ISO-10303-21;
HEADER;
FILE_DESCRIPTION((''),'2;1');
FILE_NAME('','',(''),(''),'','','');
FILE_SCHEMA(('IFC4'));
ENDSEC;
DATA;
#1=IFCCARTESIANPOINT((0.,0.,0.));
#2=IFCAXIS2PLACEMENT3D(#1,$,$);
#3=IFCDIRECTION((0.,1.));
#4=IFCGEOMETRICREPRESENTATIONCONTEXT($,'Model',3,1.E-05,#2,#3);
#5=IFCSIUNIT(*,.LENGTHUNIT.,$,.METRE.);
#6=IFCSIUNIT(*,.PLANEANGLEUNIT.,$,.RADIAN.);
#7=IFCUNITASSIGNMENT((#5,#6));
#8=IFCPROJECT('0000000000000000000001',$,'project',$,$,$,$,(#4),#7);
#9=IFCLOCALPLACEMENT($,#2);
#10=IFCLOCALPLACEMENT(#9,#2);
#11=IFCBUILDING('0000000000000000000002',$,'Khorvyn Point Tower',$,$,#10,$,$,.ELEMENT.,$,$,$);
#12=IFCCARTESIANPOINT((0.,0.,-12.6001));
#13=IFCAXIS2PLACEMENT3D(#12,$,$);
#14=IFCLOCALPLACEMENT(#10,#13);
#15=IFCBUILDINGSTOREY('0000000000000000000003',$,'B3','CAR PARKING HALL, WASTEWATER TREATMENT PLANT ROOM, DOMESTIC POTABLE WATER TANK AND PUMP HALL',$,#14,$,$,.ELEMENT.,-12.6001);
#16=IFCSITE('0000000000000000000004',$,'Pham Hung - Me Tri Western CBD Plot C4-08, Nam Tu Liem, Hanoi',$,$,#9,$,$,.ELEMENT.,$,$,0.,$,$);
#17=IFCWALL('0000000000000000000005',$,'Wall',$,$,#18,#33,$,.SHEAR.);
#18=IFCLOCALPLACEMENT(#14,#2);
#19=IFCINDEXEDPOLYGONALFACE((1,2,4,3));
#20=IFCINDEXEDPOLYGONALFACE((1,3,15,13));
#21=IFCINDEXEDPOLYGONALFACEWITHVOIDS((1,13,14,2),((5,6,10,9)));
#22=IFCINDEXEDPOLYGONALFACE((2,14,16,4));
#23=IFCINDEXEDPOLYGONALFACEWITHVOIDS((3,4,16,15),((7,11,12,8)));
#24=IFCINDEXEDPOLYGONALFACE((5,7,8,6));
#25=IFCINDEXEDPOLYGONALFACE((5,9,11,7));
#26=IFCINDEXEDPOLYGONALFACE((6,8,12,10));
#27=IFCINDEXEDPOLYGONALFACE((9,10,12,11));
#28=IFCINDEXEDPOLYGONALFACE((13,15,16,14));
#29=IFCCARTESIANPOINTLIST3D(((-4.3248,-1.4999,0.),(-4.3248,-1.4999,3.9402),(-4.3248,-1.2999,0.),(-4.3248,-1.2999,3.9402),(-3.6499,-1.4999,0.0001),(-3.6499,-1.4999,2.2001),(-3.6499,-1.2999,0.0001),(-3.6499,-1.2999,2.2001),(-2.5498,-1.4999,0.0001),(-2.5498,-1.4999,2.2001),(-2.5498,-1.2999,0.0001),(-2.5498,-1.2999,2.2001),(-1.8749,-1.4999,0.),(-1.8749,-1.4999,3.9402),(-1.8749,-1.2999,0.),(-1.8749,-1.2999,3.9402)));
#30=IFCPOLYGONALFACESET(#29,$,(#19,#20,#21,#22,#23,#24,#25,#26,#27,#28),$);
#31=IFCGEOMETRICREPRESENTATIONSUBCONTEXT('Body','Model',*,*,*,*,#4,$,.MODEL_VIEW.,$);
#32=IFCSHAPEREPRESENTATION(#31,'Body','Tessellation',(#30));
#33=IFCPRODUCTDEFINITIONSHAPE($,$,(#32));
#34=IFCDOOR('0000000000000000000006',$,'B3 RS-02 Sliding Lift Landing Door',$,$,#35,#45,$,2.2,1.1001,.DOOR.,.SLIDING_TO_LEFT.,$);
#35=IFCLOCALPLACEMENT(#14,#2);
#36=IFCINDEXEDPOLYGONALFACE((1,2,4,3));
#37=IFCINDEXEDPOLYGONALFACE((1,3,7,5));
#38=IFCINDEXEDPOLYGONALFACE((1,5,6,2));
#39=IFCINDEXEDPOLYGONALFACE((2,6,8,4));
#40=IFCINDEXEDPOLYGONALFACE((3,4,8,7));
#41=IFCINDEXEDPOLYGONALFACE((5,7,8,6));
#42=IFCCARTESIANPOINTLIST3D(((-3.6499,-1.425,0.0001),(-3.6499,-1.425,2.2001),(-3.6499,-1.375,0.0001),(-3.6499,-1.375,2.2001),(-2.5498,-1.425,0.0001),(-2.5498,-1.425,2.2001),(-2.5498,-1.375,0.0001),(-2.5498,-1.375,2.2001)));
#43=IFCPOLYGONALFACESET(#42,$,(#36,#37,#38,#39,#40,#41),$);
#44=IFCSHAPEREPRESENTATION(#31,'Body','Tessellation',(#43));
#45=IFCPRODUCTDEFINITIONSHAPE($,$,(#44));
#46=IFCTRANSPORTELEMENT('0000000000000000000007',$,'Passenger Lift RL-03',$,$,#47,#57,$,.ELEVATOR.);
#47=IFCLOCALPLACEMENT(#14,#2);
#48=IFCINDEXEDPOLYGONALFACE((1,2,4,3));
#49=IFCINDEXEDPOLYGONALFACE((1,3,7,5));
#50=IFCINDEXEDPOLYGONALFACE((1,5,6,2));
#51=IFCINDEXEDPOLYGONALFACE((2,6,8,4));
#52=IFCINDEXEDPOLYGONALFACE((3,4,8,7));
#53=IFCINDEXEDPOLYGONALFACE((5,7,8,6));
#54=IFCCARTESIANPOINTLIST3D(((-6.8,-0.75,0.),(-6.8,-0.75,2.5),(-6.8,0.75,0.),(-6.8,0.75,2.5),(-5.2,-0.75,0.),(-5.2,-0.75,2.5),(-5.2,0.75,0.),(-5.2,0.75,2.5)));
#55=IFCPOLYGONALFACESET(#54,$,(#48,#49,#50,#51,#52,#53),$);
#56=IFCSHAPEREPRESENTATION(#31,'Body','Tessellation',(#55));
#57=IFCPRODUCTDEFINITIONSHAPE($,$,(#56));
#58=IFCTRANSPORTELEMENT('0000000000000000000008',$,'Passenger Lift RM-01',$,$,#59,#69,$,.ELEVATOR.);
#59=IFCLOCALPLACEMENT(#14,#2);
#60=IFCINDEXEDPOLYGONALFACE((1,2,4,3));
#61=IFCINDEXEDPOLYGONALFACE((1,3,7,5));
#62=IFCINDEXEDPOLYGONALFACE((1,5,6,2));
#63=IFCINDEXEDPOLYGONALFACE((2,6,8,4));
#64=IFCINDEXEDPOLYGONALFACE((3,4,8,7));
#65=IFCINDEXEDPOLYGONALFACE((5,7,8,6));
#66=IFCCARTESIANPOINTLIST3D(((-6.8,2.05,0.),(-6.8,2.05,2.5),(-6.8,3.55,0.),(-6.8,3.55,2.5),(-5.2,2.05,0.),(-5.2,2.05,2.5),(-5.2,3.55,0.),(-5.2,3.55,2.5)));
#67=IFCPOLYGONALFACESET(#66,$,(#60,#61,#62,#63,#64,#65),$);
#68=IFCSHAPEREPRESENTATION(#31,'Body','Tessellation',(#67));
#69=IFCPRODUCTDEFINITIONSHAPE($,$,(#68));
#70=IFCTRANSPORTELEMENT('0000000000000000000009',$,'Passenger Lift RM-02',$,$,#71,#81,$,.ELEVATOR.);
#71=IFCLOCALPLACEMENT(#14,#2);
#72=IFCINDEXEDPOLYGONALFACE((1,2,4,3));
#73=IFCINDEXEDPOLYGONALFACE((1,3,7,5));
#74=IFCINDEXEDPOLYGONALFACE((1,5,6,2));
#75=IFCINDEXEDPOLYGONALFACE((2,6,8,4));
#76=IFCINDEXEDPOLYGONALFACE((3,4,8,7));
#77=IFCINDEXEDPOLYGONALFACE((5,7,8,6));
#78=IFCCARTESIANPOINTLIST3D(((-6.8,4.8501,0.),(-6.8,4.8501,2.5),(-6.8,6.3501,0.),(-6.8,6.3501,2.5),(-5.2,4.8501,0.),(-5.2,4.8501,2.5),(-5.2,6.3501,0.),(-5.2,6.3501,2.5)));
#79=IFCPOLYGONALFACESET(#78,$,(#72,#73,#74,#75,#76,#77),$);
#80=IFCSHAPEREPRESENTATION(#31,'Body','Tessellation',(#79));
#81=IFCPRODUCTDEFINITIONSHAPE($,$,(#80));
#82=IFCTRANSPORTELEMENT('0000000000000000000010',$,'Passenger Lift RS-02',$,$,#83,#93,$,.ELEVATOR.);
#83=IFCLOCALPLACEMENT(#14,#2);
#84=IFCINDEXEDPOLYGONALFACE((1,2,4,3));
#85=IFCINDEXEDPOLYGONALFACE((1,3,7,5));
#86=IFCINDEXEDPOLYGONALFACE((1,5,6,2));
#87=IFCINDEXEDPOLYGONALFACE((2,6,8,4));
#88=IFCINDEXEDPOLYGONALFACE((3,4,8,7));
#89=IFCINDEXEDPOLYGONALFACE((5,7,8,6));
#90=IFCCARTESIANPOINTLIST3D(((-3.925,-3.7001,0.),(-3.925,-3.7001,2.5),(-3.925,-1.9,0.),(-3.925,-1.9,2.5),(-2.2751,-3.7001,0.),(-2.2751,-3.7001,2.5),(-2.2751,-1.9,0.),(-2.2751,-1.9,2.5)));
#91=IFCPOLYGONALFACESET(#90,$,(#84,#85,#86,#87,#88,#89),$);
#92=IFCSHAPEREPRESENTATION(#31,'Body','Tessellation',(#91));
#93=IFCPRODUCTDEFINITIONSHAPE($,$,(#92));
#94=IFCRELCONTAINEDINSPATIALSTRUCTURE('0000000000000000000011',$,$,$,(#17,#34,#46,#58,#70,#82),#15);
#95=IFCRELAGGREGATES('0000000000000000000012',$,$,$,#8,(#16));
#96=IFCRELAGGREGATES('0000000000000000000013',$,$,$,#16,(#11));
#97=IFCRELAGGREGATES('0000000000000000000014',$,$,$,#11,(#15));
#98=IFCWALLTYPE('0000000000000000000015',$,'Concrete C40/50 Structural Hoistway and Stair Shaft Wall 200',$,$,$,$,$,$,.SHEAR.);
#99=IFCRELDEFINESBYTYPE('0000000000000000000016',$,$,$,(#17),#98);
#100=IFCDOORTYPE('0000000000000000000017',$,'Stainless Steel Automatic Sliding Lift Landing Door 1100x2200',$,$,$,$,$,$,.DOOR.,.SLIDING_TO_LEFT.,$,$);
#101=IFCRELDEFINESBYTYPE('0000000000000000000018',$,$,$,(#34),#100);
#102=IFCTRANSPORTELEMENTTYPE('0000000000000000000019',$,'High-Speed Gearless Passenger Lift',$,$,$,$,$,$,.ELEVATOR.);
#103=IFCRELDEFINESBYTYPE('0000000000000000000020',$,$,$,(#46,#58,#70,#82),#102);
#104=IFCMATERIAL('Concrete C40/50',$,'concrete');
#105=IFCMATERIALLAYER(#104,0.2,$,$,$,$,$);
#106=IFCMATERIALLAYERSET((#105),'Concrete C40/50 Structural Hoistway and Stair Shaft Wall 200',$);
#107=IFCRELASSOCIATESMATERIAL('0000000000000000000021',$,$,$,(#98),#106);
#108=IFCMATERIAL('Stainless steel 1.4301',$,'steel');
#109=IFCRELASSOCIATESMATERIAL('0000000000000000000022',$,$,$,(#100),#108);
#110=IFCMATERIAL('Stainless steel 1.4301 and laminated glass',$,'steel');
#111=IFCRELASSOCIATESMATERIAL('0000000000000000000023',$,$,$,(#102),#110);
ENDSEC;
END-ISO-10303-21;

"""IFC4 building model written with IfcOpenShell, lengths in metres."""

from ifc_helpers import new_model, si_unit, direction, frame, frame_2d, origin, origin_2d, place, context, subcontext, project, spatial, rectangle, extrude, material, layer, layer_set, type_object, element, fill, save


model = new_model("IFC4")

# Units and contexts
model_context = context("Model", 3, precision=1e-05, world=origin(), true_north=direction((0.0, 1.0)))
body_context = subcontext(model_context, "Body", "Model", "MODEL_VIEW")
ifc_project = project(units=[si_unit("LENGTHUNIT", "METRE"), si_unit("PLANEANGLEUNIT", "RADIAN")], contexts=[model_context])

# Site, building, storey
site_placement = place(None, origin())
site = spatial("IfcSite", under=ifc_project, at=site_placement, Name="Pham Hung - Me Tri Western CBD Plot C4-08, Nam Tu Liem, Hanoi", CompositionType="ELEMENT", RefElevation=0.0)
building_placement = place(site_placement, origin())
building = spatial("IfcBuilding", under=site, at=building_placement, Name="Khorvyn Point Tower", CompositionType="ELEMENT")
storey_placement = place(building_placement, frame((0.0, 0.0, -12.6001)))
storey = spatial("IfcBuildingStorey", under=building, at=storey_placement, Name="B3", Description="CAR PARKING HALL, WASTEWATER TREATMENT PLANT ROOM, DOMESTIC POTABLE WATER TANK AND PUMP HALL", CompositionType="ELEMENT", Elevation=-12.6001)

# Shared definitions
ifc_material_1 = material(Name="Concrete C40/50", Category="concrete")

# Shared definitions
ifc_layer = layer(ifc_material_1, 0.2)
ifc_layer_set = layer_set([ifc_layer], Name="Concrete C40/50 Structural Hoistway and Stair Shaft Wall 200")
wall_type = type_object("IfcWallType", Name="Concrete C40/50 Structural Hoistway and Stair Shaft Wall 200", PredefinedType="SHEAR", material=ifc_layer_set)

# Shared definitions
ifc_material_2 = material(Name="Stainless steel 1.4301", Category="steel")
door_type = type_object("IfcDoorType", Name="Stainless Steel Automatic Sliding Lift Landing Door 1100x2200", OperationType="SLIDING_TO_LEFT", PredefinedType="DOOR", material=ifc_material_2)

# Wall, opening, door
wall_1_placement = place(storey_placement, frame((-4.325, -1.3999, 0.0), z_axis=(0.0, 0.0, 1.0), x_axis=(1.0, 0.0, 0.0)))
wall_1 = element("IfcWall", 1, at=wall_1_placement, inside=storey, type_object=wall_type, Name="Wall", PredefinedType="SHEAR", context=body_context, shape_type="SweptSolid", body=[
    extrude(rectangle(XDim=2.45, YDim=0.2, at=frame_2d((1.2251, 0.0))), origin(), (0.0, 0.0, 1.0), 3.9402),
])
opening_1_placement = place(wall_1_placement, frame((0.675, 0.0, 0.0)))
opening_1 = element("IfcOpeningElement", 2, at=opening_1_placement, cuts=wall_1, PredefinedType="OPENING", context=body_context, shape_type="SweptSolid", body=[
    extrude(rectangle(XDim=1.1001, YDim=2.2, at=frame_2d((0.55, 1.1001))), frame((0.0, 0.1099, 0.0), z_axis=(0.0, -1.0, 0.0), x_axis=(1.0, 0.0, 0.0)), (0.0, 0.0, 1.0), 0.22),
])
door_1_placement = place(opening_1_placement, origin())
door_1 = element("IfcDoor", 3, at=door_1_placement, inside=storey, type_object=door_type, Name="B3 RS-02 Sliding Lift Landing Door", OperationType="SLIDING_TO_LEFT", OverallHeight=2.2, OverallWidth=1.1001, PredefinedType="DOOR", context=body_context, shape_type="SweptSolid", body=[
    extrude(rectangle(XDim=1.1001, YDim=2.2, at=frame_2d((0.55, 1.1001))), frame((0.0, 0.0249, 0.0), z_axis=(0.0, -1.0, 0.0), x_axis=(1.0, 0.0, 0.0)), (0.0, 0.0, 1.0), 0.05),
])
fill(opening_1, door_1)

# Transport elements
ifc_material_3 = material(Name="Stainless steel 1.4301 and laminated glass", Category="steel")
transport_element_type = type_object("IfcTransportElementType", Name="High-Speed Gearless Passenger Lift", PredefinedType="ELEVATOR", material=ifc_material_3)
for number, where, z_axis, x_axis, name in (
    (4, (-6.0, 0.0, 0.0), (0.0, 0.0, 1.0), (1.0, 0.0, 0.0), "Passenger Lift RL-03"),
    (5, (-6.0, 2.8, 0.0), (0.0, 0.0, 1.0), (1.0, 0.0, 0.0), "Passenger Lift RM-01"),
    (6, (-6.0, 5.6001, 0.0), (0.0, 0.0, 1.0), (1.0, 0.0, 0.0), "Passenger Lift RM-02"),
):
    element("IfcTransportElement", number, at=place(storey_placement, frame(where, z_axis=z_axis, x_axis=x_axis)), inside=storey, type_object=transport_element_type, Name=name, PredefinedType="ELEVATOR", context=body_context, shape_type="SweptSolid", body=[
        extrude(rectangle(XDim=1.6001, YDim=1.5, at=origin_2d()), origin(), (0.0, 0.0, 1.0), 2.5),
    ])
transport_element_placement = place(storey_placement, frame((-3.1001, -2.8, 0.0), z_axis=(0.0, 0.0, 1.0), x_axis=(1.0, 0.0, 0.0)))
element("IfcTransportElement", 7, at=transport_element_placement, inside=storey, type_object=transport_element_type, Name="Passenger Lift RS-02", PredefinedType="ELEVATOR", context=body_context, shape_type="SweptSolid", body=[
    extrude(rectangle(XDim=1.6499, YDim=1.8, at=origin_2d()), origin(), (0.0, 0.0, 1.0), 2.5),
])

save(model, "model.ifc")
